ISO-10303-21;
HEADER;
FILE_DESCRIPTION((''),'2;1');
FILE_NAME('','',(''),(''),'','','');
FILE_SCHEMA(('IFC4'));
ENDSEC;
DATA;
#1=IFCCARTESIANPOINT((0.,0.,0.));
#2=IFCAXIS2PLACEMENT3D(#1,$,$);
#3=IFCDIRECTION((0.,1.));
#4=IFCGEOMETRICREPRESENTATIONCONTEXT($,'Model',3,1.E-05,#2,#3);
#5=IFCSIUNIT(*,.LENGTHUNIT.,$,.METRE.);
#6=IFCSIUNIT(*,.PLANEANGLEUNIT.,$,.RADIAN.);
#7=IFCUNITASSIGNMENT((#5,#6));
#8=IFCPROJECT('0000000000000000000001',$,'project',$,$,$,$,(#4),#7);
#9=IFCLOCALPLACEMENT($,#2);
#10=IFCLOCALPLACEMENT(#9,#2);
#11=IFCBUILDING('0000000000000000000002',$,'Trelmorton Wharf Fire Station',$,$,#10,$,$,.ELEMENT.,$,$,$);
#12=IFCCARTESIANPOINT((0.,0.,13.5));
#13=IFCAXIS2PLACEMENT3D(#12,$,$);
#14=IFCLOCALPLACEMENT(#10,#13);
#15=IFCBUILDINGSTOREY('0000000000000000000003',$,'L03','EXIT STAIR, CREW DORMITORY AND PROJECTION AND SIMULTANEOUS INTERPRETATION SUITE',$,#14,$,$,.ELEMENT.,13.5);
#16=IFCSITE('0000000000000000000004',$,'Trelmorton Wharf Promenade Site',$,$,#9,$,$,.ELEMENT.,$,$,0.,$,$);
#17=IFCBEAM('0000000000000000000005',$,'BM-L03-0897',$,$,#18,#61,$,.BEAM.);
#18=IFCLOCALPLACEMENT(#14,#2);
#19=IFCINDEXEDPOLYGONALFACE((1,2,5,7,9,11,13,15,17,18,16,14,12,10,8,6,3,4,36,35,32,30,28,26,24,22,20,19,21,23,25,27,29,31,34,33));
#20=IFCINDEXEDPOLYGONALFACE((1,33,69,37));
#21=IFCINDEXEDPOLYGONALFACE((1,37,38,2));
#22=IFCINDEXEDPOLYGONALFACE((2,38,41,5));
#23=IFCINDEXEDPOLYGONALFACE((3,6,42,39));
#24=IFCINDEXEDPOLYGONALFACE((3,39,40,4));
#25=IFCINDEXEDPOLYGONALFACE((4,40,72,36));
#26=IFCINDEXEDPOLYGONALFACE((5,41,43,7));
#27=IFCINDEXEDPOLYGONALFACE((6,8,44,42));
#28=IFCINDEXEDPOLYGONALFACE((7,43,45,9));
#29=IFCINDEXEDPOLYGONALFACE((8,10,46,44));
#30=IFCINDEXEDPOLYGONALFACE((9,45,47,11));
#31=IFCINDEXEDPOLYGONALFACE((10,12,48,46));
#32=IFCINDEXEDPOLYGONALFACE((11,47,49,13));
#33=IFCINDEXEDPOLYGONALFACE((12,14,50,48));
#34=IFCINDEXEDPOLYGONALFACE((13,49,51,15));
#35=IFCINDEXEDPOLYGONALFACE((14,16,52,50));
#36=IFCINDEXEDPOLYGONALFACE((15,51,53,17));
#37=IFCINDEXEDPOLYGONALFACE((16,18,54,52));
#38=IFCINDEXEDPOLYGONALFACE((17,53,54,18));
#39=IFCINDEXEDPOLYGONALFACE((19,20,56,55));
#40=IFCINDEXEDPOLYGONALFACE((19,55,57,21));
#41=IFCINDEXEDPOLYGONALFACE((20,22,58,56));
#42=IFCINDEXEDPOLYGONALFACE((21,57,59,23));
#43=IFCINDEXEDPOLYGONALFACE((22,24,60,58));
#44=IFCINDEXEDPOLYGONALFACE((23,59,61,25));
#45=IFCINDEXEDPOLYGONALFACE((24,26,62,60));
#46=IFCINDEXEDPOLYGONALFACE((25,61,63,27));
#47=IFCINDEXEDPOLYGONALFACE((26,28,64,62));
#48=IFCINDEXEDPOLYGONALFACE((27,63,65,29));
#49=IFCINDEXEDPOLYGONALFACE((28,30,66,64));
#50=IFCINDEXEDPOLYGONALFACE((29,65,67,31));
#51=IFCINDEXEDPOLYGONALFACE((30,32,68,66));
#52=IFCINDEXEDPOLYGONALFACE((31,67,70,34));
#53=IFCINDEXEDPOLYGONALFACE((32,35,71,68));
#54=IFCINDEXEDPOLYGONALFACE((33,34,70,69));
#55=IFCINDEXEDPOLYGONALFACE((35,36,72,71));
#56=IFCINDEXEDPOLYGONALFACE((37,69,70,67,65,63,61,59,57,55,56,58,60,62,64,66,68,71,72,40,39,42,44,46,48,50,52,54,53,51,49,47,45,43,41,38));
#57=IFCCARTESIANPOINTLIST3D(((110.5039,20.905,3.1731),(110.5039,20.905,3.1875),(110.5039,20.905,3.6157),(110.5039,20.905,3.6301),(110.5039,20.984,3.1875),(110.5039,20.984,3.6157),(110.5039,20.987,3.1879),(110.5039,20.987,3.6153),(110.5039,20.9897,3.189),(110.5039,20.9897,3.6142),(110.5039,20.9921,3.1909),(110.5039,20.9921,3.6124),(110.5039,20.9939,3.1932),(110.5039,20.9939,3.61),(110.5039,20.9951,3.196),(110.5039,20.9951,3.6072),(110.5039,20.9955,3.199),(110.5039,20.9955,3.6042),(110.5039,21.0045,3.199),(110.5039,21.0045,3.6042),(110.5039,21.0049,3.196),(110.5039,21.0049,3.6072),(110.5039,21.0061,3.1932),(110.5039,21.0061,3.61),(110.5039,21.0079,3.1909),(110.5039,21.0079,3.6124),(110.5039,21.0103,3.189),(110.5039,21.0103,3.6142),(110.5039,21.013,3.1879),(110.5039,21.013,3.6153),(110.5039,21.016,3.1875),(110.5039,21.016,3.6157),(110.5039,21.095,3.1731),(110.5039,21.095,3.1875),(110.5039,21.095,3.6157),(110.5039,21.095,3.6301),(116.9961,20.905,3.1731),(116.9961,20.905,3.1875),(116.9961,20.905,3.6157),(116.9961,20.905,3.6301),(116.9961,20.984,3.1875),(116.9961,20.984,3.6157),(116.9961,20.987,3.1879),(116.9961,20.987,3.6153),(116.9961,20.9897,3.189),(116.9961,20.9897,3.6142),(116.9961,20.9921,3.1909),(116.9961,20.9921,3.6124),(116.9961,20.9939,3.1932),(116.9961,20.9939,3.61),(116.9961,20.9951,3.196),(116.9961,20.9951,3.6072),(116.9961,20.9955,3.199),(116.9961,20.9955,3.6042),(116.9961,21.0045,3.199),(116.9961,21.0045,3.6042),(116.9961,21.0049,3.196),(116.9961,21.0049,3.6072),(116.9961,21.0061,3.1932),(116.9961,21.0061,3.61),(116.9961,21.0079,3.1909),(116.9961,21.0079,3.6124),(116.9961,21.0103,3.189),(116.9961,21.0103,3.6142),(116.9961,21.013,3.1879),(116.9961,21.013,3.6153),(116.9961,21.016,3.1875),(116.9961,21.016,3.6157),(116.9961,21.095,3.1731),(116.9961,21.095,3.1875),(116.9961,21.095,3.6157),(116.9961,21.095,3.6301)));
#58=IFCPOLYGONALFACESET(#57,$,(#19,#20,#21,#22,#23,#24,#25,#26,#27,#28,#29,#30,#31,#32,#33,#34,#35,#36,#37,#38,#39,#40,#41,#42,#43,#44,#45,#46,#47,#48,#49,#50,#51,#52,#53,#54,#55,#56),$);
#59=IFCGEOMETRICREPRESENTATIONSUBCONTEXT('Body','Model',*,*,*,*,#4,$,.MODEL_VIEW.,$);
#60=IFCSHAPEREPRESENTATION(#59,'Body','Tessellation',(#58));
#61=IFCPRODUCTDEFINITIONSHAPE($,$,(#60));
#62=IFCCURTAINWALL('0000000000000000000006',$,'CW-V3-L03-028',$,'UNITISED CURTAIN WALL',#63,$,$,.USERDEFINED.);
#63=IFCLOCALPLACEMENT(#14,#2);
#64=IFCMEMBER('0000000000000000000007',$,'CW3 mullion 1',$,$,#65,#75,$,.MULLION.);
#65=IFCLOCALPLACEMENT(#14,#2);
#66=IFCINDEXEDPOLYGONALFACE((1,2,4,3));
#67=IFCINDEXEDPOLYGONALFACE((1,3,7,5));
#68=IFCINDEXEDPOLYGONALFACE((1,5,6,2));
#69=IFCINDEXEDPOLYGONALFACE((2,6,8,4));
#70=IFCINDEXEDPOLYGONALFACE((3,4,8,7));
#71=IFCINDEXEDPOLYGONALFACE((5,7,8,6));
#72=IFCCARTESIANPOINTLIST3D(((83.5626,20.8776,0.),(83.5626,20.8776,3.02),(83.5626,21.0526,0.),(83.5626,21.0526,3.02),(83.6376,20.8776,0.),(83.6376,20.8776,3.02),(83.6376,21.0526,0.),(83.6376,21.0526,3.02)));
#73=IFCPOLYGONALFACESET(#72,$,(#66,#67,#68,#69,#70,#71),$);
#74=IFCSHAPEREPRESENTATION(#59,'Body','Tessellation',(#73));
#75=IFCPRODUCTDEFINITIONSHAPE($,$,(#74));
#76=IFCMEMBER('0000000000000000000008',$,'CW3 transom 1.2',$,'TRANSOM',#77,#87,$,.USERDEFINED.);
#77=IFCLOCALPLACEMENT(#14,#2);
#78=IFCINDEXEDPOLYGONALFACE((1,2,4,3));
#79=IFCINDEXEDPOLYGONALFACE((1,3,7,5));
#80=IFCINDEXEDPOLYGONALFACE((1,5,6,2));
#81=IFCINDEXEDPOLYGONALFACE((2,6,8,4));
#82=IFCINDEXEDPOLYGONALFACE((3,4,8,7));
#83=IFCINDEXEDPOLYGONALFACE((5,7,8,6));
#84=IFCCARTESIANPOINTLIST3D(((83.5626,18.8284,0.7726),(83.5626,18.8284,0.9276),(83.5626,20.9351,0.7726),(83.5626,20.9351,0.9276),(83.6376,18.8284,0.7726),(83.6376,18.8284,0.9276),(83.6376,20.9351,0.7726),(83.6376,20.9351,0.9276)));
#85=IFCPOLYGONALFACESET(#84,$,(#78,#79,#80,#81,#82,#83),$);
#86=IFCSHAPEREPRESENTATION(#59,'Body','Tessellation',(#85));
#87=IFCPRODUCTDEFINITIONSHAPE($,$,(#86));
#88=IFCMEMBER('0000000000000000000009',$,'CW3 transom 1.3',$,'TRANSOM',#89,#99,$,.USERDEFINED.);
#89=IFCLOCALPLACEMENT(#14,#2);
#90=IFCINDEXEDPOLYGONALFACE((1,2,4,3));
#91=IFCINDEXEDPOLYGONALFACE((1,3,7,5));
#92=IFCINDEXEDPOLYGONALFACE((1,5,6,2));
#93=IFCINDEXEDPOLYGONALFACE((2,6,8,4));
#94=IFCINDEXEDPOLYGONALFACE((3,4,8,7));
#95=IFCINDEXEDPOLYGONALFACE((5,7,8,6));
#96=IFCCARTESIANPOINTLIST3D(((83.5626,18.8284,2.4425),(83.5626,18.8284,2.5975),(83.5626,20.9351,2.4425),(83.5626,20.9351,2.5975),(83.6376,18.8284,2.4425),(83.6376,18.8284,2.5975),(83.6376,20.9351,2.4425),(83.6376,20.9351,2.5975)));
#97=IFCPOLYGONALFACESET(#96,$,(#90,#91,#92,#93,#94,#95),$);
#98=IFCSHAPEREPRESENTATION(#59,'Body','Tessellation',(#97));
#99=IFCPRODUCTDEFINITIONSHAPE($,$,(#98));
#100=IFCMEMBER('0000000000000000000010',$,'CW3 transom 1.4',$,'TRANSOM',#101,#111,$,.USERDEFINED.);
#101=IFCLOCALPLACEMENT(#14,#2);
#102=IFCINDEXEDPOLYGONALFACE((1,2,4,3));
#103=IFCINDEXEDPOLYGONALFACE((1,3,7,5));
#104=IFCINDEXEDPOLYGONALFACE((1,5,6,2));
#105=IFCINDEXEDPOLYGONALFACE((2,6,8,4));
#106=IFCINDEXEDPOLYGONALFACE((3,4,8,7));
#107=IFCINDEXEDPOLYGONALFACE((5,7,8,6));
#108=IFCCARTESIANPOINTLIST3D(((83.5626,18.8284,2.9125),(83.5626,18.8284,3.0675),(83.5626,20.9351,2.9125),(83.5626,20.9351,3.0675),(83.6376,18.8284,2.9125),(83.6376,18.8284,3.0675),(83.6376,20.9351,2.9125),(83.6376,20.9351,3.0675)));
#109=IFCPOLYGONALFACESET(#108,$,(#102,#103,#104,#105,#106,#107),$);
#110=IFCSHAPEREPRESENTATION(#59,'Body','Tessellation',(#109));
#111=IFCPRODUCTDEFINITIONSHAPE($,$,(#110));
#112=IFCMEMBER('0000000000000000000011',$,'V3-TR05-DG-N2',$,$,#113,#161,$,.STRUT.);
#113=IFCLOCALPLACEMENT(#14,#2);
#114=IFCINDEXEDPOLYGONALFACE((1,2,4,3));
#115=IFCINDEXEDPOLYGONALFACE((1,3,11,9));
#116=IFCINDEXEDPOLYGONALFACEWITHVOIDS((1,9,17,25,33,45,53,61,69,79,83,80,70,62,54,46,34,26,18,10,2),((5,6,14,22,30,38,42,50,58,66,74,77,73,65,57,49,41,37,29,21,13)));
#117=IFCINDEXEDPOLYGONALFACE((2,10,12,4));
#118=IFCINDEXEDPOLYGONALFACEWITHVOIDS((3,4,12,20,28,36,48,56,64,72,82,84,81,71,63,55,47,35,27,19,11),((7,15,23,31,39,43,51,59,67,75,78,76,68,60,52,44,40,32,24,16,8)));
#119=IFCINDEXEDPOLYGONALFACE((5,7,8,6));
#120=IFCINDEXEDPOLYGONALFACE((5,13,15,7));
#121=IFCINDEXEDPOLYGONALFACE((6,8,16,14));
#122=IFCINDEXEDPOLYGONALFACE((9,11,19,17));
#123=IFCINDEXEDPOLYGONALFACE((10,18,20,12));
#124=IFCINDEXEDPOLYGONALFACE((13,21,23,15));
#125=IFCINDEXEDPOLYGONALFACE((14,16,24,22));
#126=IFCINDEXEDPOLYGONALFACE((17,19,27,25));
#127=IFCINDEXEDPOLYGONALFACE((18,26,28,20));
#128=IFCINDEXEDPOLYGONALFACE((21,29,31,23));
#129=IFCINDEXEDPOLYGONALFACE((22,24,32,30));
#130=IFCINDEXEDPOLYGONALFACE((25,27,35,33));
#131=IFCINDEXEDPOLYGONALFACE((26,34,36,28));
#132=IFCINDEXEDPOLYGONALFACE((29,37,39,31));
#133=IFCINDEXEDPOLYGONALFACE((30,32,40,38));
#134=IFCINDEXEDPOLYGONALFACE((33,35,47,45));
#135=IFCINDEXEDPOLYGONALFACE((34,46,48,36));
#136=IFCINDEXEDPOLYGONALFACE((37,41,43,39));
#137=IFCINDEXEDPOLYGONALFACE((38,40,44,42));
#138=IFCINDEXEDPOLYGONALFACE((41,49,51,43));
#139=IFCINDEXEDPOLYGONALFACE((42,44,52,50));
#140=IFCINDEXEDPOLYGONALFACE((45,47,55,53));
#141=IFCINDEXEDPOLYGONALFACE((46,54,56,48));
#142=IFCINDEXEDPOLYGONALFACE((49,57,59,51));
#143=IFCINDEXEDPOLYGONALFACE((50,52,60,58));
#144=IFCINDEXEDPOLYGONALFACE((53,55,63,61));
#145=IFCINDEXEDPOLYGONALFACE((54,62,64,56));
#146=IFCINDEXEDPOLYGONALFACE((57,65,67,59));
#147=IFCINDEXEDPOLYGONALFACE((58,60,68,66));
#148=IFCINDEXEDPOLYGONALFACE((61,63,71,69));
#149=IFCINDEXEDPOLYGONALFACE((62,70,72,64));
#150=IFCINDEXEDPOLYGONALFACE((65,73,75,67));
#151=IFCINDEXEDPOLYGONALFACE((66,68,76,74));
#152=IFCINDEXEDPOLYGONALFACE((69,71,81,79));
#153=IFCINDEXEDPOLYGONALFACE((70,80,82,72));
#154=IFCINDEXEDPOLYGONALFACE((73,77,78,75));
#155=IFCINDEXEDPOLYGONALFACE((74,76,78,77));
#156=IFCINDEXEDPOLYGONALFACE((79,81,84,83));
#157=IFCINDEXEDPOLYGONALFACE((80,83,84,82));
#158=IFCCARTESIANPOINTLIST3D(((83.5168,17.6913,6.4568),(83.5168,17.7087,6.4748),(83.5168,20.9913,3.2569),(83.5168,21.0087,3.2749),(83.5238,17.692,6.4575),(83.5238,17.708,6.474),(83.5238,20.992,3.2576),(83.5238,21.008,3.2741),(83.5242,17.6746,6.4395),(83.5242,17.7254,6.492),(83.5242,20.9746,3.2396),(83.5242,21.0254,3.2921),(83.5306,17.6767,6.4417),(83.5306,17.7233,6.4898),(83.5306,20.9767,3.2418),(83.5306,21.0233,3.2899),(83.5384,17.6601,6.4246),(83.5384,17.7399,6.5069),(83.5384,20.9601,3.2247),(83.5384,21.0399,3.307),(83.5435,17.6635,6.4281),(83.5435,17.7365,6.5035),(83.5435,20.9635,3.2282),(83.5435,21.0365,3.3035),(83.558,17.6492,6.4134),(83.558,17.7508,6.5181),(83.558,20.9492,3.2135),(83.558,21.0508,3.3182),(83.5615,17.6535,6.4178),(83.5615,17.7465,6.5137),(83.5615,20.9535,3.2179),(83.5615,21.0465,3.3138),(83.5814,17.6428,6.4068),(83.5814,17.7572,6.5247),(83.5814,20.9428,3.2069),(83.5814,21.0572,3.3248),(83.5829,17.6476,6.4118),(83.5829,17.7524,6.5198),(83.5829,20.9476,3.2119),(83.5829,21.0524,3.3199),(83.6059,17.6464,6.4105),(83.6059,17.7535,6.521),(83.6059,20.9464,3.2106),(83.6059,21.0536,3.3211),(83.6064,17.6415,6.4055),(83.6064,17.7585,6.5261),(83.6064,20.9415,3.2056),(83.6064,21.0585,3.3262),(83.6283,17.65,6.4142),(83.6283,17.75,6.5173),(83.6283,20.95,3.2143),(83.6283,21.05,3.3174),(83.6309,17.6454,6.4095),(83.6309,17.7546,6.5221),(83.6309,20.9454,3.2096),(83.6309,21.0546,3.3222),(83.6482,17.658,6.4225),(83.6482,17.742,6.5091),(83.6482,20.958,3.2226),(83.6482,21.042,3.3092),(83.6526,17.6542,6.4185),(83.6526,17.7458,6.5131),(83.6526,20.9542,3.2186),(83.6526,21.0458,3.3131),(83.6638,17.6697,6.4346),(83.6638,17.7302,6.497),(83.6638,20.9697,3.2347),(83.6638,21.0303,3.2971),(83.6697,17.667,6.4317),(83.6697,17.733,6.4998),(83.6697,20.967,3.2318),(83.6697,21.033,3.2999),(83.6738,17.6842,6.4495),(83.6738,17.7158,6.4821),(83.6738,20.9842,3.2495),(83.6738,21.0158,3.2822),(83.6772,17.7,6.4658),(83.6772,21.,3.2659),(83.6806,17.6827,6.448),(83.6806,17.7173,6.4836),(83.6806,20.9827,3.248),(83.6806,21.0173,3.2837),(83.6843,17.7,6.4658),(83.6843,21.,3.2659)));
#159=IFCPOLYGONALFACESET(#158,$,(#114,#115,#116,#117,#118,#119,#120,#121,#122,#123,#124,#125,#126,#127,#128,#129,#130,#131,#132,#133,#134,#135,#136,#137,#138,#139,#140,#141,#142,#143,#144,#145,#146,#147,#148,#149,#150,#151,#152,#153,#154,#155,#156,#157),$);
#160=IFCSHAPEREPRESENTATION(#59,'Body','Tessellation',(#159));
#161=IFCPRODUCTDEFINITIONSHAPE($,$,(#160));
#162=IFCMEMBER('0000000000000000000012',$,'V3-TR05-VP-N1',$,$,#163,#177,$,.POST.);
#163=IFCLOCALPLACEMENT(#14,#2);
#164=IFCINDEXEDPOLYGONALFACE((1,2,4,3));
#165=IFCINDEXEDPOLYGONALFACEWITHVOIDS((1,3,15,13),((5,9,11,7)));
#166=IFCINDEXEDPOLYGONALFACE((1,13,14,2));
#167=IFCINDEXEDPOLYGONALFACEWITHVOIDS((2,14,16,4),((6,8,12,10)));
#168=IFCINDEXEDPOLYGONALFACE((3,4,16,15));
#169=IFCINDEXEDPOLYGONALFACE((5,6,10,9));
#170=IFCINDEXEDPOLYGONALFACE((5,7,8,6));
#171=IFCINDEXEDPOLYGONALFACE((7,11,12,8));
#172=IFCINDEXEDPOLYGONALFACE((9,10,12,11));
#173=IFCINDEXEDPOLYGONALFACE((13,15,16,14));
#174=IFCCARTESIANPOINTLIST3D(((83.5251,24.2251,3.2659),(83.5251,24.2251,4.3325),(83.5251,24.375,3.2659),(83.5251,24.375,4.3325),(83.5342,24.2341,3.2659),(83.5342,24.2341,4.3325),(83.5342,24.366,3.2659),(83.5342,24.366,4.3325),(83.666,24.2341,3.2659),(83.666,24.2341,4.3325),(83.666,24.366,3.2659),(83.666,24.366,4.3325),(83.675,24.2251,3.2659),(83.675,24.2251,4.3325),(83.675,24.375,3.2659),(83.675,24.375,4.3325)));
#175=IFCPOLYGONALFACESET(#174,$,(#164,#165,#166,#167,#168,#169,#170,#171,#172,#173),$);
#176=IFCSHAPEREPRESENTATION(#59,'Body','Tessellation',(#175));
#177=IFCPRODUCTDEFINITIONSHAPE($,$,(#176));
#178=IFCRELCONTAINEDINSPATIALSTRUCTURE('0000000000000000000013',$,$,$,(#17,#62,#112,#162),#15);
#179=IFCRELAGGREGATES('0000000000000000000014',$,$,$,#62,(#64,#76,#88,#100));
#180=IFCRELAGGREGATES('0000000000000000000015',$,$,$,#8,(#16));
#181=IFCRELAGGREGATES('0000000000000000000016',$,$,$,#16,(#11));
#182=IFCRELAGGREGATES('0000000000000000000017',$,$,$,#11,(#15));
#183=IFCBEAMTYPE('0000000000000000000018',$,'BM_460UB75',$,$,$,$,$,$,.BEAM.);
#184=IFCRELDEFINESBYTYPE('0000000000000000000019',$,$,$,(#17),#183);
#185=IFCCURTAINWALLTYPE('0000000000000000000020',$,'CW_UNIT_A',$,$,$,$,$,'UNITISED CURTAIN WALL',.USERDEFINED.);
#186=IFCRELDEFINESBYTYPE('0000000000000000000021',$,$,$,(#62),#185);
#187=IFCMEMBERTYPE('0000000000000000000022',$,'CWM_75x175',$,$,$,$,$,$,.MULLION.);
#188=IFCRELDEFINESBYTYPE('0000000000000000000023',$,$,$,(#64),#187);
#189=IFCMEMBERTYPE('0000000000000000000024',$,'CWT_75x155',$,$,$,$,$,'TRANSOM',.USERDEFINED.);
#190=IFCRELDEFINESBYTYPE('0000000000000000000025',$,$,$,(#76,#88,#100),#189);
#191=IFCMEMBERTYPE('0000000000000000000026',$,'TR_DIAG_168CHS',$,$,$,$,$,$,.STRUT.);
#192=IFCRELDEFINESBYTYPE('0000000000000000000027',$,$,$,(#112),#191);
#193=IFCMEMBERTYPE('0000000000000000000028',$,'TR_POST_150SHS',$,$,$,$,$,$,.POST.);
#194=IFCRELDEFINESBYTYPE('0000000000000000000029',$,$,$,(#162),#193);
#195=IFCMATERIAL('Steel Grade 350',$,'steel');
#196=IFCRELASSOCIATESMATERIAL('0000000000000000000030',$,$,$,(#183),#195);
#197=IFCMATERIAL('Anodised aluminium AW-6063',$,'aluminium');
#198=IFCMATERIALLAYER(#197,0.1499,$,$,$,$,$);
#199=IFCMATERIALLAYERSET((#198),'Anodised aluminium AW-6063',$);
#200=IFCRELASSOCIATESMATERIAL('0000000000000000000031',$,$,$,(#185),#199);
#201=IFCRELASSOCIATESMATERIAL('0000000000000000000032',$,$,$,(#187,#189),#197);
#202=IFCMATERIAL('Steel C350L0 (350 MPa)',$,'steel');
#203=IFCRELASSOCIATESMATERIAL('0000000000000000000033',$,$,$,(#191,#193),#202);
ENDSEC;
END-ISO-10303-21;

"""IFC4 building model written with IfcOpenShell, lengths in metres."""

from ifc_helpers import new_model, si_unit, direction, frame, origin, origin_2d, place, context, subcontext, project, spatial, rectangle, hollow_rectangle, hollow_circle, i_section, extrude, material, layer, layer_set, material_profile, profile_set, type_object, element, aggregate, save


model = new_model("IFC4")

# Units and contexts
model_context = context("Model", 3, precision=1e-05, world=origin(), true_north=direction((0.0, 1.0)))
body_context = subcontext(model_context, "Body", "Model", "MODEL_VIEW")
ifc_project = project(units=[si_unit("LENGTHUNIT", "METRE"), si_unit("PLANEANGLEUNIT", "RADIAN")], contexts=[model_context])

# Site, building, storey
site_placement = place(None, origin())
site = spatial("IfcSite", under=ifc_project, at=site_placement, Name="Trelmorton Wharf Promenade Site", CompositionType="ELEMENT", RefElevation=0.0)
building_placement = place(site_placement, origin())
building = spatial("IfcBuilding", under=site, at=building_placement, Name="Trelmorton Wharf Fire Station", CompositionType="ELEMENT")
storey_placement = place(building_placement, frame((0.0, 0.0, 13.5)))
storey = spatial("IfcBuildingStorey", under=building, at=storey_placement, Name="L03", Description="EXIT STAIR, CREW DORMITORY AND PROJECTION AND SIMULTANEOUS INTERPRETATION SUITE", CompositionType="ELEMENT", Elevation=13.5)

# Shared definitions
ifc_material_1 = material(Name="Steel Grade 350", Category="steel")

# Beam
ifc_material_profile_1 = material_profile(ifc_material_1, i_section(OverallWidth=0.1899, OverallDepth=0.457, WebThickness=0.009, FlangeThickness=0.0144, FilletRadius=0.0115, at=origin_2d()), Name="460UB74.6")
ifc_profile_set_1 = profile_set([ifc_material_profile_1], Name="Steel Grade 350")
beam_type_1 = type_object("IfcBeamType", Name="BM_460UB75", PredefinedType="BEAM", material=ifc_profile_set_1)
beam_1_placement = place(storey_placement, frame((110.5039, 21.0, 3.4016), z_axis=(1.0, 0.0, 0.0), x_axis=(0.0, 1.0, 0.0)))
element("IfcBeam", 1, at=beam_1_placement, inside=storey, type_object=beam_type_1, Name="BM-L03-0897", PredefinedType="BEAM", context=body_context, shape_type="SweptSolid", body=[
    extrude(i_section(OverallWidth=0.1899, OverallDepth=0.457, WebThickness=0.009, FlangeThickness=0.0144, FilletRadius=0.0115, at=origin_2d()), origin(), (0.0, 0.0, 1.0), 6.4922),
])

# Curtain wall, members
ifc_material_2 = material(Name="Anodised aluminium AW-6063", Category="aluminium")
ifc_layer_1 = layer(ifc_material_2, 0.1499)
ifc_layer_set_1 = layer_set([ifc_layer_1], Name="Anodised aluminium AW-6063")
curtain_wall_type = type_object("IfcCurtainWallType", Name="CW_UNIT_A", ElementType="UNITISED CURTAIN WALL", PredefinedType="USERDEFINED", material=ifc_layer_set_1)
curtain_wall_placement = place(storey_placement, origin())
curtain_wall = element("IfcCurtainWall", 2, at=curtain_wall_placement, inside=storey, type_object=curtain_wall_type, Name="CW-V3-L03-028", ObjectType="UNITISED CURTAIN WALL", PredefinedType="USERDEFINED")
ifc_material_profile_2 = material_profile(ifc_material_2, rectangle(XDim=0.075, YDim=0.175, at=origin_2d()), Name="ALU-75x175")
ifc_profile_set_2 = profile_set([ifc_material_profile_2], Name="Anodised aluminium AW-6063")
member_type_1 = type_object("IfcMemberType", Name="CWM_75x175", PredefinedType="MULLION", material=ifc_profile_set_2)
member_1_placement = place(storey_placement, frame((83.6001, 20.9651, 0.0), z_axis=(0.0, 0.0, 1.0), x_axis=(1.0, 0.0, 0.0)))
member_1 = element("IfcMember", 3, at=member_1_placement, type_object=member_type_1, Name="CW3 mullion 1", PredefinedType="MULLION", context=body_context, shape_type="SweptSolid", body=[
    extrude(rectangle(XDim=0.075, YDim=0.175, at=origin_2d()), origin(), (0.0, 0.0, 1.0), 3.02),
])
ifc_material_profile_3 = material_profile(ifc_material_2, rectangle(XDim=0.075, YDim=0.155, at=origin_2d()), Name="ALU-75x155")
ifc_profile_set_3 = profile_set([ifc_material_profile_3], Name="Anodised aluminium AW-6063")
member_type_2 = type_object("IfcMemberType", Name="CWT_75x155", ElementType="TRANSOM", PredefinedType="USERDEFINED", material=ifc_profile_set_3)
member_2_placement = place(storey_placement, frame((83.6001, 20.9351, 0.8501), z_axis=(0.0, -1.0, 0.0), x_axis=(1.0, 0.0, 0.0)))
member_2 = element("IfcMember", 4, at=member_2_placement, type_object=member_type_2, Name="CW3 transom 1.2", ObjectType="TRANSOM", PredefinedType="USERDEFINED", context=body_context, shape_type="SweptSolid", body=[
    extrude(rectangle(XDim=0.075, YDim=0.155, at=origin_2d()), origin(), (0.0, 0.0, 1.0), 2.1067),
])
member_3_placement = place(storey_placement, frame((83.6001, 20.9351, 2.52), z_axis=(0.0, -1.0, 0.0), x_axis=(1.0, 0.0, 0.0)))
member_3 = element("IfcMember", 5, at=member_3_placement, type_object=member_type_2, Name="CW3 transom 1.3", ObjectType="TRANSOM", PredefinedType="USERDEFINED", context=body_context, shape_type="SweptSolid", body=[
    extrude(rectangle(XDim=0.075, YDim=0.155, at=origin_2d()), origin(), (0.0, 0.0, 1.0), 2.1067),
])
member_4_placement = place(storey_placement, frame((83.6001, 20.9351, 2.99), z_axis=(0.0, -1.0, 0.0), x_axis=(1.0, 0.0, 0.0)))
member_4 = element("IfcMember", 6, at=member_4_placement, type_object=member_type_2, Name="CW3 transom 1.4", ObjectType="TRANSOM", PredefinedType="USERDEFINED", context=body_context, shape_type="SweptSolid", body=[
    extrude(rectangle(XDim=0.075, YDim=0.155, at=origin_2d()), origin(), (0.0, 0.0, 1.0), 2.1067),
])
aggregate(curtain_wall, [member_1, member_2, member_3, member_4])

# Members
ifc_material_3 = material(Name="Steel C350L0 (350 MPa)", Category="steel")
ifc_material_profile_4 = material_profile(ifc_material_3, hollow_circle(Radius=0.0842, WallThickness=0.0071, at=origin_2d()), Name="168.3x7.1CHS")
ifc_profile_set_4 = profile_set([ifc_material_profile_4], Name="Steel C350L0 (350 MPa)")
member_type_3 = type_object("IfcMemberType", Name="TR_DIAG_168CHS", PredefinedType="STRUT", material=ifc_profile_set_4)
member_5_placement = place(storey_placement, frame((83.6001, 21.0, 3.2659), z_axis=(0.0, -0.717911, 0.696135), x_axis=(1.0, 0.0, 0.0)))
element("IfcMember", 7, at=member_5_placement, inside=storey, type_object=member_type_3, Name="V3-TR05-DG-N2", PredefinedType="STRUT", context=body_context, shape_type="SweptSolid", body=[
    extrude(hollow_circle(Radius=0.0842, WallThickness=0.0071, at=origin_2d()), origin(), (0.0, 0.0, 1.0), 4.5967),
])
ifc_material_profile_5 = material_profile(ifc_material_3, hollow_rectangle(XDim=0.1499, YDim=0.1499, WallThickness=0.009, at=origin_2d()), Name="150x150x9.0SHS")
ifc_profile_set_5 = profile_set([ifc_material_profile_5], Name="Steel C350L0 (350 MPa)")
member_type_4 = type_object("IfcMemberType", Name="TR_POST_150SHS", PredefinedType="POST", material=ifc_profile_set_5)
member_6_placement = place(storey_placement, frame((83.6001, 24.3, 3.2659), z_axis=(0.0, 0.0, 1.0), x_axis=(1.0, 0.0, 0.0)))
element("IfcMember", 8, at=member_6_placement, inside=storey, type_object=member_type_4, Name="V3-TR05-VP-N1", PredefinedType="POST", context=body_context, shape_type="SweptSolid", body=[
    extrude(hollow_rectangle(XDim=0.1499, YDim=0.1499, WallThickness=0.009, at=origin_2d()), origin(), (0.0, 0.0, 1.0), 1.0667),
])

save(model, "model.ifc")
